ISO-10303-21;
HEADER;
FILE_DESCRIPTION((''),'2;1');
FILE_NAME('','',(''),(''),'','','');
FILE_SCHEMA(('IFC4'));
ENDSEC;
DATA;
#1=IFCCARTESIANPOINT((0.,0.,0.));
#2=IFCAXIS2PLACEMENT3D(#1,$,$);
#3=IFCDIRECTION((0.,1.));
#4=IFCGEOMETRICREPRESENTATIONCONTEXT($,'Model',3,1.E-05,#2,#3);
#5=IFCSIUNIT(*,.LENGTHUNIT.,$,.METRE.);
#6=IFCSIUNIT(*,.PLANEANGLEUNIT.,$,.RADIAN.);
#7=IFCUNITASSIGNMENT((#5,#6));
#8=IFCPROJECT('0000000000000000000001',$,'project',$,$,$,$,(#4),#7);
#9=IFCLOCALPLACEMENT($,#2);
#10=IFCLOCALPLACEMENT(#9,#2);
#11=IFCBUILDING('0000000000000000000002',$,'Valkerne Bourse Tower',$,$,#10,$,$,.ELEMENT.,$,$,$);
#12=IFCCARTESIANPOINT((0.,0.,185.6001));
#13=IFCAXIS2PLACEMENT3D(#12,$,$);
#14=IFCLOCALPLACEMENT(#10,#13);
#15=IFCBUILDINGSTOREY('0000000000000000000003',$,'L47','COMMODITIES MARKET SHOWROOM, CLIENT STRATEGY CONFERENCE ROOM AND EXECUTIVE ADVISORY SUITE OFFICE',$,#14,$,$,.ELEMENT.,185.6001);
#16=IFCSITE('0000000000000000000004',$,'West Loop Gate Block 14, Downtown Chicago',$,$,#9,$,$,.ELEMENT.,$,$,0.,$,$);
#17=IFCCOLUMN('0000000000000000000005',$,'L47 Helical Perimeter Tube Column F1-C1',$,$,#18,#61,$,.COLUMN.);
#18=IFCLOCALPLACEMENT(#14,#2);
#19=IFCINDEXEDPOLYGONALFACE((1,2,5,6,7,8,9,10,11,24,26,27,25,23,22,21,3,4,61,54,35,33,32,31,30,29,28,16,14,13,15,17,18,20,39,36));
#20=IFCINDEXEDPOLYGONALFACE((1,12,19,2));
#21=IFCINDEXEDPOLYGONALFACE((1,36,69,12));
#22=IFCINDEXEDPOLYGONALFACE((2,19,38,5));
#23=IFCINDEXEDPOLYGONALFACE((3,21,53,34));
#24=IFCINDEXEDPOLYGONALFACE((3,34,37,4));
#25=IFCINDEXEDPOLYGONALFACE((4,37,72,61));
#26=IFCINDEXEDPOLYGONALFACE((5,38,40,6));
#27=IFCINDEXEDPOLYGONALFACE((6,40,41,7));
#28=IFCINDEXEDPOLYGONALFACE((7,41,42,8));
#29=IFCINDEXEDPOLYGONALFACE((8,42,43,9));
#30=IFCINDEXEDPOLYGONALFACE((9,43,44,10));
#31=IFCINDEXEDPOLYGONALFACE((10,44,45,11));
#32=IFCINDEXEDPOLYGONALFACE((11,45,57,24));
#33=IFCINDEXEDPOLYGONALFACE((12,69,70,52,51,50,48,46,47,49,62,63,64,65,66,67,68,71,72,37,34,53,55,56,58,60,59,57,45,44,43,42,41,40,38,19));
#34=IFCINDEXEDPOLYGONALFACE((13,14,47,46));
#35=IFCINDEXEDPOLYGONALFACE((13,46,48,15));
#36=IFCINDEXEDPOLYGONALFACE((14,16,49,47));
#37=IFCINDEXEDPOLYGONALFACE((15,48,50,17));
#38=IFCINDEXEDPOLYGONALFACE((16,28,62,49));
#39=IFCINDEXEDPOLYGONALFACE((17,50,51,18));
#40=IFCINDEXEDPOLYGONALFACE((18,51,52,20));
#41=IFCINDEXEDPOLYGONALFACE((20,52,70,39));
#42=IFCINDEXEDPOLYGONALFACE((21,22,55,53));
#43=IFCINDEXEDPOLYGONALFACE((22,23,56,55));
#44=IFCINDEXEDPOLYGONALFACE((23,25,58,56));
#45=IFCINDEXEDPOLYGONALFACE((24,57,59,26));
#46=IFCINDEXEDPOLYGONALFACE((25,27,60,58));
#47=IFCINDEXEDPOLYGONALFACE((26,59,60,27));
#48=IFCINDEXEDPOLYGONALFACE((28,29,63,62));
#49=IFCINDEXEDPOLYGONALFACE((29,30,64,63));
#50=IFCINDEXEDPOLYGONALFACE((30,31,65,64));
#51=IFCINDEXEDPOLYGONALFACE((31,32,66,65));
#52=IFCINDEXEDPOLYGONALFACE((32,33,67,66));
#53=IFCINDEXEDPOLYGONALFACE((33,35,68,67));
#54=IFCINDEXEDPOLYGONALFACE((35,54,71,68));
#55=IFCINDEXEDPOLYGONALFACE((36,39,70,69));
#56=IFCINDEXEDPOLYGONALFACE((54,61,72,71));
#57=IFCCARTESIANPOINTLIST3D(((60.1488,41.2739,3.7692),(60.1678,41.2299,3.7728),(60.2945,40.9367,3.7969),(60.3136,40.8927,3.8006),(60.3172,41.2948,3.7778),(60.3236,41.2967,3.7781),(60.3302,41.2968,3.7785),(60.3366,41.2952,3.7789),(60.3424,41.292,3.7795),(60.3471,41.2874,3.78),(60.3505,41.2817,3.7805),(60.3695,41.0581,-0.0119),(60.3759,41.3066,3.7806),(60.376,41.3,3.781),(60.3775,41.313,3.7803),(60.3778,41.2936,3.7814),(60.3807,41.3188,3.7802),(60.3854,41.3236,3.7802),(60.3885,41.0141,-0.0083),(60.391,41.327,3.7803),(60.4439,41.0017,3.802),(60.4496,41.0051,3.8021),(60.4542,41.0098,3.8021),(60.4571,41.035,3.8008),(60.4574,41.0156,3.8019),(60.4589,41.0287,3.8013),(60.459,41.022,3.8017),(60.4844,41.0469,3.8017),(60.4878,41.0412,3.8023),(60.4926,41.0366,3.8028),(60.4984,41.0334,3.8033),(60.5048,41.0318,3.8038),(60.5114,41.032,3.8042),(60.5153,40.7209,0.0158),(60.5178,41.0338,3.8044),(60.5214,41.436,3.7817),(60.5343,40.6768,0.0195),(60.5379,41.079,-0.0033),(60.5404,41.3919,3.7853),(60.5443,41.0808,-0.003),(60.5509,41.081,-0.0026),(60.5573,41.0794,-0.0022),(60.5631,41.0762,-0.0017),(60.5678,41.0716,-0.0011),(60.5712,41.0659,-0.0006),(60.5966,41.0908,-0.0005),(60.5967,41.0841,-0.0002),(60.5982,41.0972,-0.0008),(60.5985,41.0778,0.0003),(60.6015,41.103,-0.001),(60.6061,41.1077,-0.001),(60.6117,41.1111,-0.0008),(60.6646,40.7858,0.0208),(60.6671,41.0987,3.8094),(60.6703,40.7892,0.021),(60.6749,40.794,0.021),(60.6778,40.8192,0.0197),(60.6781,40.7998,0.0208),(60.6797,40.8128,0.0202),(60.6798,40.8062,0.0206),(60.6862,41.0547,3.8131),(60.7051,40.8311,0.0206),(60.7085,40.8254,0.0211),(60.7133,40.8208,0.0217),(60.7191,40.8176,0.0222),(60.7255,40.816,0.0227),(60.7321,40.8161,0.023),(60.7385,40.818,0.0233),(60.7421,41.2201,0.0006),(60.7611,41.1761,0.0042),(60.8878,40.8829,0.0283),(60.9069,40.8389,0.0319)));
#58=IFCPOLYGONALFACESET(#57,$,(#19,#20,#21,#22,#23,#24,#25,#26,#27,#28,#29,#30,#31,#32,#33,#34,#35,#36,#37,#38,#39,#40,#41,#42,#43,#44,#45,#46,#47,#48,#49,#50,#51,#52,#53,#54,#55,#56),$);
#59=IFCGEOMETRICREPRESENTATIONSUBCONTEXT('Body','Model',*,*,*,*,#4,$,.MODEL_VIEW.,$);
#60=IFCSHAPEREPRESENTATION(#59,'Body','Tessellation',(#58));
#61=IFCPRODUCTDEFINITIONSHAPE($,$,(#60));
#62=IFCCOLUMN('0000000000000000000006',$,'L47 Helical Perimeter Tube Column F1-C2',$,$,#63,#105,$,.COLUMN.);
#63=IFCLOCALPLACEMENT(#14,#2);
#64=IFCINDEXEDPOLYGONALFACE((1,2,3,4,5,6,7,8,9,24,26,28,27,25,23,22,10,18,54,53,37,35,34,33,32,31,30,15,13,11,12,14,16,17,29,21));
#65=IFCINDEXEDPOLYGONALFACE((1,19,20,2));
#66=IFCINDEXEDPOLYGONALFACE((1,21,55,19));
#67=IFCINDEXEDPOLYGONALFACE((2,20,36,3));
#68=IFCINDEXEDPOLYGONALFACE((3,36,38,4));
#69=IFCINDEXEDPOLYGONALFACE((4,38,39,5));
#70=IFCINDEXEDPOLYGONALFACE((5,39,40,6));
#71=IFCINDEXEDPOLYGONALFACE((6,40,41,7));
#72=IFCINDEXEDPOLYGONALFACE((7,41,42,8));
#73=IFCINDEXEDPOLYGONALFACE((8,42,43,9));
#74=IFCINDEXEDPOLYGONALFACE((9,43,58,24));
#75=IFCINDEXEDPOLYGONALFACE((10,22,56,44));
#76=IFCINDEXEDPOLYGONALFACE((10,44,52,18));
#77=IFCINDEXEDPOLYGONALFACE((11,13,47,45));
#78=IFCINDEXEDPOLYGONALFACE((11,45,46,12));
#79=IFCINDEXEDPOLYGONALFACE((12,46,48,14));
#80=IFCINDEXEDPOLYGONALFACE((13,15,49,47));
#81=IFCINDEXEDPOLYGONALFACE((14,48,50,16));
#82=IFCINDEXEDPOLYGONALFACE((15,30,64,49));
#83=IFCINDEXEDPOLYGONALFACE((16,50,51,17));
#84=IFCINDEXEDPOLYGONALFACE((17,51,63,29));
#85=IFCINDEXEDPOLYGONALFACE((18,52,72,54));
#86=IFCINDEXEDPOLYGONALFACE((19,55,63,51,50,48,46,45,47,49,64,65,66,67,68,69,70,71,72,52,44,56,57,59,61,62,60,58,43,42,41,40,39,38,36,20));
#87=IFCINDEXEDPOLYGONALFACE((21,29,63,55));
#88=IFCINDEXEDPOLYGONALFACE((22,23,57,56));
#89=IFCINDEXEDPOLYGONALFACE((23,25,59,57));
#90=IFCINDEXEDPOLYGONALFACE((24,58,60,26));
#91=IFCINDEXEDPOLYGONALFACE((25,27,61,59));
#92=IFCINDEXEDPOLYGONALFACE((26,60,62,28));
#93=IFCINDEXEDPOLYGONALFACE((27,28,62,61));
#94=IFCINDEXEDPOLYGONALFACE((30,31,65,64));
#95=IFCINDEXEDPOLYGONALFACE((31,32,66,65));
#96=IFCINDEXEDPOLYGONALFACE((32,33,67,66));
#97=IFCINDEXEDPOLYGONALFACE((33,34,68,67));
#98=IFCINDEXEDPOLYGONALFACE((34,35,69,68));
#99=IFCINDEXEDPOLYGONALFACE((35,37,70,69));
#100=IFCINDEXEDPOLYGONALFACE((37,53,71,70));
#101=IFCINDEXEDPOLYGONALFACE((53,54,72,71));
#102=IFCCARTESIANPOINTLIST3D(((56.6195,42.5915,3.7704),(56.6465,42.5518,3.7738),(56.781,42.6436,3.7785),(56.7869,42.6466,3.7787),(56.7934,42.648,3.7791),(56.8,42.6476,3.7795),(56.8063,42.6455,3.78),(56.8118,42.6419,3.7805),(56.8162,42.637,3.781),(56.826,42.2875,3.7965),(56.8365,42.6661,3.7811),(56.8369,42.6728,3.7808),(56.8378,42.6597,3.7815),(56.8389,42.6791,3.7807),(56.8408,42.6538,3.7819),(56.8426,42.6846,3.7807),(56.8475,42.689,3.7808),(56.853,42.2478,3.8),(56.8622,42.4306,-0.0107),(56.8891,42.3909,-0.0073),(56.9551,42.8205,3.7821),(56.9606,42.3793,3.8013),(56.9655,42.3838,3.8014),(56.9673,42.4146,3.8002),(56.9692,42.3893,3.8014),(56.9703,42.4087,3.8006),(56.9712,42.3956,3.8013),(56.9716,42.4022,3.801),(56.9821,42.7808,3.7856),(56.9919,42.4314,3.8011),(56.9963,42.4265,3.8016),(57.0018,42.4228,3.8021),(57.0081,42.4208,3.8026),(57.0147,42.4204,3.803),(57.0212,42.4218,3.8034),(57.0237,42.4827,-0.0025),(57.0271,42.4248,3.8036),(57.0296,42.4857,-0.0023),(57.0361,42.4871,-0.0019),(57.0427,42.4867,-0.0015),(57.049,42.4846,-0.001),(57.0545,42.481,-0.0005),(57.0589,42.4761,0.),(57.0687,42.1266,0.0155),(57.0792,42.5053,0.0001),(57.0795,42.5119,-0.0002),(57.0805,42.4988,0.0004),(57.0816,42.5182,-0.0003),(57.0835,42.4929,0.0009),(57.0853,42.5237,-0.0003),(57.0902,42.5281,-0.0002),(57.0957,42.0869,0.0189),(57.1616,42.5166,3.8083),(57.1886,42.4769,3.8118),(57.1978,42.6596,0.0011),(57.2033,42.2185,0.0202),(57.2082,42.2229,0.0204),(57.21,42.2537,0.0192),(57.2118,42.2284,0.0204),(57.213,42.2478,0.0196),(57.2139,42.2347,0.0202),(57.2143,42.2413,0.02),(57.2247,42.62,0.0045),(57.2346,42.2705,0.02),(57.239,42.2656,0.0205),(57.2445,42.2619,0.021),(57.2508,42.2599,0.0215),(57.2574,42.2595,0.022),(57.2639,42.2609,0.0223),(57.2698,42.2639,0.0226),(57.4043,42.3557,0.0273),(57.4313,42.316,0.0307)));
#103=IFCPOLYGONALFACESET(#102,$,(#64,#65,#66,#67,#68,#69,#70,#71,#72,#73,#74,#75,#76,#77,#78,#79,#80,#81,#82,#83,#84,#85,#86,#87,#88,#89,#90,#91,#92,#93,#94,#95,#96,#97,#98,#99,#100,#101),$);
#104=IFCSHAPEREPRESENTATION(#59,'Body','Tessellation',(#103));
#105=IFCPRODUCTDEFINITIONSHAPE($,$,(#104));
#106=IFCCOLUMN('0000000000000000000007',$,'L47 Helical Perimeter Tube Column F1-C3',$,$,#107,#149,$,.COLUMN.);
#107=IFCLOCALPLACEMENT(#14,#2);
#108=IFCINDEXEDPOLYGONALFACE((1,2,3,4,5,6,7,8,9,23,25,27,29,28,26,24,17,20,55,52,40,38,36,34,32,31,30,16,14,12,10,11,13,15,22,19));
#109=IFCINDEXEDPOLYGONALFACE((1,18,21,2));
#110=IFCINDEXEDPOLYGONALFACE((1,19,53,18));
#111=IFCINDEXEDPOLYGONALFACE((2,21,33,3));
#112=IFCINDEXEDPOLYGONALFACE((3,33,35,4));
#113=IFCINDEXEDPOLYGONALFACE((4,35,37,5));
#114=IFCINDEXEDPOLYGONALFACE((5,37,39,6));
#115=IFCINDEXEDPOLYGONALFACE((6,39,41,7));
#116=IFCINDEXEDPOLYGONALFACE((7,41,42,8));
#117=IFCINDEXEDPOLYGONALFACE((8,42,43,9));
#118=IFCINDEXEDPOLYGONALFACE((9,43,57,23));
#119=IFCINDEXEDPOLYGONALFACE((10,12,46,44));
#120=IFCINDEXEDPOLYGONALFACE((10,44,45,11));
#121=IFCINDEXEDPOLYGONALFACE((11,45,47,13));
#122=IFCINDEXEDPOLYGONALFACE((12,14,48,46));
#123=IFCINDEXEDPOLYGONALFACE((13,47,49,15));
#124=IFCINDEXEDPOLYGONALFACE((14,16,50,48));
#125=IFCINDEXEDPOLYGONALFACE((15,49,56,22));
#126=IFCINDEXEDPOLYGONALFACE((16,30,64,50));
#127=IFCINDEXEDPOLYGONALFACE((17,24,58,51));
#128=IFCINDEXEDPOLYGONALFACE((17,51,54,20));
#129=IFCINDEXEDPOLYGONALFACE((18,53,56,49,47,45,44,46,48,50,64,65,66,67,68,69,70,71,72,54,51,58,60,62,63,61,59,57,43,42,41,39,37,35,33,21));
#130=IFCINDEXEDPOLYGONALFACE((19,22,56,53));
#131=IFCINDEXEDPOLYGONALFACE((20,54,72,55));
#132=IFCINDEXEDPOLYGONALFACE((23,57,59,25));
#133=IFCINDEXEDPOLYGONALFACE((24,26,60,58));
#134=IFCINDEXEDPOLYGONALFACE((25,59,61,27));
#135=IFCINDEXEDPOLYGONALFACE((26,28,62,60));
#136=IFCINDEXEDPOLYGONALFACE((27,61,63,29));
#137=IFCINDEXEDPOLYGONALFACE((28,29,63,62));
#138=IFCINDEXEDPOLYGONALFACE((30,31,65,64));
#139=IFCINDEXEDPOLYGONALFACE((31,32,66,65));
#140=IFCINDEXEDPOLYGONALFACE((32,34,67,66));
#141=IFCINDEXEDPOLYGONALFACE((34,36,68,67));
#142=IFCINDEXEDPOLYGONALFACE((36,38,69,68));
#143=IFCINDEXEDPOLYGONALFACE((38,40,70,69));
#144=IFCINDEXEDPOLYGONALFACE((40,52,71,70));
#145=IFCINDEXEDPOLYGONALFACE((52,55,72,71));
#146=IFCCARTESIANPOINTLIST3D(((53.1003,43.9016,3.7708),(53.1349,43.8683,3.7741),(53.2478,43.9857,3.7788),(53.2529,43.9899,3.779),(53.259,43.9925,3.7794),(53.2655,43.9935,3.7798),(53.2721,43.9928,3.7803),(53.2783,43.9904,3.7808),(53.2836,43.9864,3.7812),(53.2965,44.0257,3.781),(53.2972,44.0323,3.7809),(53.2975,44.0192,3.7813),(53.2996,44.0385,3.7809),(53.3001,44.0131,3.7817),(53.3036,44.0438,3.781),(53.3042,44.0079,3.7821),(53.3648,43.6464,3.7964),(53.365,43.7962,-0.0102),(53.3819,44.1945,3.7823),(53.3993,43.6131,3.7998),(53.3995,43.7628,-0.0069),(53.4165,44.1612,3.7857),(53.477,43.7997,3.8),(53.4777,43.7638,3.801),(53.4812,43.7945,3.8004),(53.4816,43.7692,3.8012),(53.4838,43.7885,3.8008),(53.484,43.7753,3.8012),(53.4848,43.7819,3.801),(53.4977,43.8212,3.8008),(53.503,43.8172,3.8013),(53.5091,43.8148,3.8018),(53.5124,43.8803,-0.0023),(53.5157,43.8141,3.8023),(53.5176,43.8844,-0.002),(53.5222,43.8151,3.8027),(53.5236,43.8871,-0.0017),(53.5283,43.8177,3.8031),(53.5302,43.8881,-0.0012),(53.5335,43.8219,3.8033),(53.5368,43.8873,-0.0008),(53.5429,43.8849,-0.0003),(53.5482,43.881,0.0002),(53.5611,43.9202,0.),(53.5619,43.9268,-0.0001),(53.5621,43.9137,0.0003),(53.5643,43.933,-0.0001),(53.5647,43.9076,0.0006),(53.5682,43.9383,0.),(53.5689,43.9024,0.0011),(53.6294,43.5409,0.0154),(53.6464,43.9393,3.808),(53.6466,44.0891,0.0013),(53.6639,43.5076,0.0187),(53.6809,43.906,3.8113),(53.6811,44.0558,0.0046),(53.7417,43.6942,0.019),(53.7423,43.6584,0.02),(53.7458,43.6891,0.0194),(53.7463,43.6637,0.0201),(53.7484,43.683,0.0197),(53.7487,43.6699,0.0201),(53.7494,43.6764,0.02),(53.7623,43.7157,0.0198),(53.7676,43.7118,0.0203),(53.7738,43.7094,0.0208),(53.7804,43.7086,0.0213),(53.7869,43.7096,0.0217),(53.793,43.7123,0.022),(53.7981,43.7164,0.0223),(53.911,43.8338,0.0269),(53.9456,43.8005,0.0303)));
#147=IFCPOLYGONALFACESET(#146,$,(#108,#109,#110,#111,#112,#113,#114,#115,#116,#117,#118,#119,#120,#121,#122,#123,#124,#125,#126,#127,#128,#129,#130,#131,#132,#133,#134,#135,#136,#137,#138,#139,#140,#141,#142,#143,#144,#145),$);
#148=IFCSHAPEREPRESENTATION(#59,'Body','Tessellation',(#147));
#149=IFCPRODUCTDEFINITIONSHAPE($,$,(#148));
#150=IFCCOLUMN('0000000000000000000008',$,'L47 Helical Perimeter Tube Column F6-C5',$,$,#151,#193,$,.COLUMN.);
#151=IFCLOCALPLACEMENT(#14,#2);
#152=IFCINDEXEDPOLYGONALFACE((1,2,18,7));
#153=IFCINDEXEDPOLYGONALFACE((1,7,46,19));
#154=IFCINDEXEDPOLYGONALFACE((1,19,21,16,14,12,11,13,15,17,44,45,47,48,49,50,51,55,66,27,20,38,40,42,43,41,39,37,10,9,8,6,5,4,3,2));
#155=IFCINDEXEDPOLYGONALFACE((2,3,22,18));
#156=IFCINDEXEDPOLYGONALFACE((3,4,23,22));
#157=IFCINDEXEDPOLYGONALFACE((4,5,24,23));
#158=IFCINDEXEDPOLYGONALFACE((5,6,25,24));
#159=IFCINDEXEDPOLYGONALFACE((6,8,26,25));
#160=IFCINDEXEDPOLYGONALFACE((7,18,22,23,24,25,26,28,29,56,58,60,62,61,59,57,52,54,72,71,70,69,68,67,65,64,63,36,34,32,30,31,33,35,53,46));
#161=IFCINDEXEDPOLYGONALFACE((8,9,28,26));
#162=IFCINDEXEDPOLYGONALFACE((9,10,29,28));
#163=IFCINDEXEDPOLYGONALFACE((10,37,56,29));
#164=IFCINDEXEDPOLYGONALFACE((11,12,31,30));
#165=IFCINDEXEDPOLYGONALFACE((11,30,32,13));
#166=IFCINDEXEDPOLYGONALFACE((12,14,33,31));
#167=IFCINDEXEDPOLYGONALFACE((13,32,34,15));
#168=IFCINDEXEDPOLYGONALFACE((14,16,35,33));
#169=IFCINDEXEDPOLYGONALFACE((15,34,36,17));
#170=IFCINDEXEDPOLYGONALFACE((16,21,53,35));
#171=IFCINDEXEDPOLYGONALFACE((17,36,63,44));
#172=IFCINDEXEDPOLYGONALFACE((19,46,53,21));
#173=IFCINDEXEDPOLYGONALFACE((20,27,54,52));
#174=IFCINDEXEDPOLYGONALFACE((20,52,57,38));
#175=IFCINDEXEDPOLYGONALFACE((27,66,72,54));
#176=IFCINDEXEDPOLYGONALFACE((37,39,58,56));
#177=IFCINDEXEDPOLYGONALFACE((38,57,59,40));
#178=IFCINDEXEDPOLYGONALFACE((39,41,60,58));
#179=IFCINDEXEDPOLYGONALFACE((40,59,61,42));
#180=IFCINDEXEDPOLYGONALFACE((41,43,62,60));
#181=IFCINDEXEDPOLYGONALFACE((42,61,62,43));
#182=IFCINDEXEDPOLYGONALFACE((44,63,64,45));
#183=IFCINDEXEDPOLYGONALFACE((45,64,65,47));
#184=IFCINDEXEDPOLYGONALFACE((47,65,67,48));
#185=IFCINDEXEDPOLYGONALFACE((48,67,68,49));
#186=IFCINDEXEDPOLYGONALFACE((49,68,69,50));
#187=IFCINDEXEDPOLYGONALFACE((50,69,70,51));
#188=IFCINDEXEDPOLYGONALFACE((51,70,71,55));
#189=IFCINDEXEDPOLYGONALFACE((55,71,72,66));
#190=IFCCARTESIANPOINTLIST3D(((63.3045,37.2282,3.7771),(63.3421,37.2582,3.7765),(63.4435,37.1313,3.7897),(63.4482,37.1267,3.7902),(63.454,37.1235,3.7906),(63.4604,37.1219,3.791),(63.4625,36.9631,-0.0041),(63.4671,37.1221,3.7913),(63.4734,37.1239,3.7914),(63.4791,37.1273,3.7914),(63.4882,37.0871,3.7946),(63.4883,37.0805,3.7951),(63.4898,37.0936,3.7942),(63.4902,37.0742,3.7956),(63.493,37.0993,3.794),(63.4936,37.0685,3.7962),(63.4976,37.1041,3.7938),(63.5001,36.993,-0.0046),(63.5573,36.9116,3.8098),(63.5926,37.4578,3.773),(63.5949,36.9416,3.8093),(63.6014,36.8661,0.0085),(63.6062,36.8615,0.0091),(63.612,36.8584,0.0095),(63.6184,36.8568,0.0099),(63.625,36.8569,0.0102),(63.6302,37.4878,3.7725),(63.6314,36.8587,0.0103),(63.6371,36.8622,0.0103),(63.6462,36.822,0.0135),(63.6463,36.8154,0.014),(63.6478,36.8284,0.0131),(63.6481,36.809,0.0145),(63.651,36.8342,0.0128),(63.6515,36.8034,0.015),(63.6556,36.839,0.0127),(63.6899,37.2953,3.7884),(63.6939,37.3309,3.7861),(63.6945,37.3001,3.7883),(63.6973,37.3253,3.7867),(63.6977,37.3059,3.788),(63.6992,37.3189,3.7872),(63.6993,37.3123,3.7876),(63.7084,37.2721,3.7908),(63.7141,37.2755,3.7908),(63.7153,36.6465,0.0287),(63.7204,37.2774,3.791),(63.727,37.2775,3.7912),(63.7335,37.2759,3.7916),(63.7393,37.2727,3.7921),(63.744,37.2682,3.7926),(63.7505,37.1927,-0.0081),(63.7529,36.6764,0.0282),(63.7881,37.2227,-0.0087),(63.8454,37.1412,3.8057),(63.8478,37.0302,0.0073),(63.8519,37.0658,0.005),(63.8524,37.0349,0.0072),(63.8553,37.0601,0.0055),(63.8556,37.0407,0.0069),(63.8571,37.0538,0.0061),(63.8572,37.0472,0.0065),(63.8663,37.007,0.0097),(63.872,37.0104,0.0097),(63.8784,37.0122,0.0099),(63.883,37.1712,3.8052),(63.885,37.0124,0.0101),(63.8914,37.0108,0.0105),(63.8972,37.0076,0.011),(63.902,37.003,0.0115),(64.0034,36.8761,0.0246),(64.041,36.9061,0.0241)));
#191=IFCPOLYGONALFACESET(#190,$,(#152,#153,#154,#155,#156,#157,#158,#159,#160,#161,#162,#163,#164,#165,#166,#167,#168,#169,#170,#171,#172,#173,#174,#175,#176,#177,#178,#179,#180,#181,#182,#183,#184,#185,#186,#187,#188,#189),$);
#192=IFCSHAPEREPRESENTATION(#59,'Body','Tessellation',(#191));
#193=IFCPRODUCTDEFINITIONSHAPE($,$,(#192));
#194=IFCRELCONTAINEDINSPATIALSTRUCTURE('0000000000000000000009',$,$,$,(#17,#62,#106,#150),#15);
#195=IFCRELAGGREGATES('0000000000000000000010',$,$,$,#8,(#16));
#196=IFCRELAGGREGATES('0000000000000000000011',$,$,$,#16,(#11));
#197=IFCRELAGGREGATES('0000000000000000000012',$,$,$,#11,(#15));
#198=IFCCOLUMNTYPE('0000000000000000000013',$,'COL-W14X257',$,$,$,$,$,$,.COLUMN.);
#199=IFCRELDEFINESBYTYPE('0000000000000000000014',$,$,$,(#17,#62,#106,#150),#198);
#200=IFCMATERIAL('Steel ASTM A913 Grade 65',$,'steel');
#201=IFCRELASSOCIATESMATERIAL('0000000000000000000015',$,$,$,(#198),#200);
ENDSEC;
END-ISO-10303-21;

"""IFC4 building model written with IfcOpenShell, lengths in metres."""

from ifc_helpers import new_model, si_unit, direction, frame, origin, origin_2d, place, context, subcontext, project, spatial, i_section, extrude, material, material_profile, profile_set, type_object, element, save


model = new_model("IFC4")

# Units and contexts
model_context = context("Model", 3, precision=1e-05, world=origin(), true_north=direction((0.0, 1.0)))
body_context = subcontext(model_context, "Body", "Model", "MODEL_VIEW")
ifc_project = project(units=[si_unit("LENGTHUNIT", "METRE"), si_unit("PLANEANGLEUNIT", "RADIAN")], contexts=[model_context])

# Site, building, storey
site_placement = place(None, origin())
site = spatial("IfcSite", under=ifc_project, at=site_placement, Name="West Loop Gate Block 14, Downtown Chicago", CompositionType="ELEMENT", RefElevation=0.0)
building_placement = place(site_placement, origin())
building = spatial("IfcBuilding", under=site, at=building_placement, Name="Valkerne Bourse Tower", CompositionType="ELEMENT")
storey_placement = place(building_placement, frame((0.0, 0.0, 185.6001)))
storey = spatial("IfcBuildingStorey", under=building, at=storey_placement, Name="L47", Description="COMMODITIES MARKET SHOWROOM, CLIENT STRATEGY CONFERENCE ROOM AND EXECUTIVE ADVISORY SUITE OFFICE", CompositionType="ELEMENT", Elevation=185.6001)

# Columns
ifc_material_1 = material(Name="Steel ASTM A913 Grade 65", Category="steel")
ifc_material_profile_1 = material_profile(ifc_material_1, i_section(OverallWidth=0.4065, OverallDepth=0.4165, WebThickness=0.0298, FlangeThickness=0.0481, FilletRadius=0.0254, at=origin_2d()), Name="W14X257")
ifc_profile_set_1 = profile_set([ifc_material_profile_1], Name="Steel ASTM A913 Grade 65")
column_type = type_object("IfcColumnType", Name="COL-W14X257", PredefinedType="COLUMN", material=ifc_profile_set_1)
column_1_placement = place(storey_placement, frame((60.6382, 40.9485, 0.01), z_axis=(-0.058178, 0.056891, 0.996684), x_axis=(0.916575, 0.398678, 0.030745)))
element("IfcColumn", 1, at=column_1_placement, inside=storey, type_object=column_type, Name="L47 Helical Perimeter Tube Column F1-C1", PredefinedType="COLUMN", context=body_context, shape_type="SweptSolid", body=[
    extrude(i_section(OverallWidth=0.4065, OverallDepth=0.4165, WebThickness=0.0298, FlangeThickness=0.0481, FilletRadius=0.0254, at=origin_2d()), origin(), (0.0, 0.0, 1.0), 3.7937),
])
column_2_placement = place(storey_placement, frame((57.1467, 42.3733, 0.01), z_axis=(-0.063993, 0.042426, 0.997048), x_axis=(0.825596, 0.563515, 0.029011)))
element("IfcColumn", 2, at=column_2_placement, inside=storey, type_object=column_type, Name="L47 Helical Perimeter Tube Column F1-C2", PredefinedType="COLUMN", context=body_context, shape_type="SweptSolid", body=[
    extrude(i_section(OverallWidth=0.4065, OverallDepth=0.4165, WebThickness=0.0298, FlangeThickness=0.0481, FilletRadius=0.0254, at=origin_2d()), origin(), (0.0, 0.0, 1.0), 3.7922),
])
column_3_placement = place(storey_placement, frame((53.6553, 43.7983, 0.01), z_axis=(-0.069796, 0.027816, 0.997173), x_axis=(0.692768, 0.720602, 0.028389)))
element("IfcColumn", 3, at=column_3_placement, inside=storey, type_object=column_type, Name="L47 Helical Perimeter Tube Column F1-C3", PredefinedType="COLUMN", context=body_context, shape_type="SweptSolid", body=[
    extrude(i_section(OverallWidth=0.4065, OverallDepth=0.4165, WebThickness=0.0298, FlangeThickness=0.0481, FilletRadius=0.0254, at=origin_2d()), origin(), (0.0, 0.0, 1.0), 3.7917),
])
column_4_placement = place(storey_placement, frame((63.7517, 36.9346, 0.01), z_axis=(-0.041638, 0.069891, 0.996685), x_axis=(0.621994, -0.778863, 0.080601)))
element("IfcColumn", 4, at=column_4_placement, inside=storey, type_object=column_type, Name="L47 Helical Perimeter Tube Column F6-C5", PredefinedType="COLUMN", context=body_context, shape_type="SweptSolid", body=[
    extrude(i_section(OverallWidth=0.4065, OverallDepth=0.4165, WebThickness=0.0298, FlangeThickness=0.0481, FilletRadius=0.0254, at=origin_2d()), origin(), (0.0, 0.0, 1.0), 3.7937),
])

save(model, "model.ifc")
